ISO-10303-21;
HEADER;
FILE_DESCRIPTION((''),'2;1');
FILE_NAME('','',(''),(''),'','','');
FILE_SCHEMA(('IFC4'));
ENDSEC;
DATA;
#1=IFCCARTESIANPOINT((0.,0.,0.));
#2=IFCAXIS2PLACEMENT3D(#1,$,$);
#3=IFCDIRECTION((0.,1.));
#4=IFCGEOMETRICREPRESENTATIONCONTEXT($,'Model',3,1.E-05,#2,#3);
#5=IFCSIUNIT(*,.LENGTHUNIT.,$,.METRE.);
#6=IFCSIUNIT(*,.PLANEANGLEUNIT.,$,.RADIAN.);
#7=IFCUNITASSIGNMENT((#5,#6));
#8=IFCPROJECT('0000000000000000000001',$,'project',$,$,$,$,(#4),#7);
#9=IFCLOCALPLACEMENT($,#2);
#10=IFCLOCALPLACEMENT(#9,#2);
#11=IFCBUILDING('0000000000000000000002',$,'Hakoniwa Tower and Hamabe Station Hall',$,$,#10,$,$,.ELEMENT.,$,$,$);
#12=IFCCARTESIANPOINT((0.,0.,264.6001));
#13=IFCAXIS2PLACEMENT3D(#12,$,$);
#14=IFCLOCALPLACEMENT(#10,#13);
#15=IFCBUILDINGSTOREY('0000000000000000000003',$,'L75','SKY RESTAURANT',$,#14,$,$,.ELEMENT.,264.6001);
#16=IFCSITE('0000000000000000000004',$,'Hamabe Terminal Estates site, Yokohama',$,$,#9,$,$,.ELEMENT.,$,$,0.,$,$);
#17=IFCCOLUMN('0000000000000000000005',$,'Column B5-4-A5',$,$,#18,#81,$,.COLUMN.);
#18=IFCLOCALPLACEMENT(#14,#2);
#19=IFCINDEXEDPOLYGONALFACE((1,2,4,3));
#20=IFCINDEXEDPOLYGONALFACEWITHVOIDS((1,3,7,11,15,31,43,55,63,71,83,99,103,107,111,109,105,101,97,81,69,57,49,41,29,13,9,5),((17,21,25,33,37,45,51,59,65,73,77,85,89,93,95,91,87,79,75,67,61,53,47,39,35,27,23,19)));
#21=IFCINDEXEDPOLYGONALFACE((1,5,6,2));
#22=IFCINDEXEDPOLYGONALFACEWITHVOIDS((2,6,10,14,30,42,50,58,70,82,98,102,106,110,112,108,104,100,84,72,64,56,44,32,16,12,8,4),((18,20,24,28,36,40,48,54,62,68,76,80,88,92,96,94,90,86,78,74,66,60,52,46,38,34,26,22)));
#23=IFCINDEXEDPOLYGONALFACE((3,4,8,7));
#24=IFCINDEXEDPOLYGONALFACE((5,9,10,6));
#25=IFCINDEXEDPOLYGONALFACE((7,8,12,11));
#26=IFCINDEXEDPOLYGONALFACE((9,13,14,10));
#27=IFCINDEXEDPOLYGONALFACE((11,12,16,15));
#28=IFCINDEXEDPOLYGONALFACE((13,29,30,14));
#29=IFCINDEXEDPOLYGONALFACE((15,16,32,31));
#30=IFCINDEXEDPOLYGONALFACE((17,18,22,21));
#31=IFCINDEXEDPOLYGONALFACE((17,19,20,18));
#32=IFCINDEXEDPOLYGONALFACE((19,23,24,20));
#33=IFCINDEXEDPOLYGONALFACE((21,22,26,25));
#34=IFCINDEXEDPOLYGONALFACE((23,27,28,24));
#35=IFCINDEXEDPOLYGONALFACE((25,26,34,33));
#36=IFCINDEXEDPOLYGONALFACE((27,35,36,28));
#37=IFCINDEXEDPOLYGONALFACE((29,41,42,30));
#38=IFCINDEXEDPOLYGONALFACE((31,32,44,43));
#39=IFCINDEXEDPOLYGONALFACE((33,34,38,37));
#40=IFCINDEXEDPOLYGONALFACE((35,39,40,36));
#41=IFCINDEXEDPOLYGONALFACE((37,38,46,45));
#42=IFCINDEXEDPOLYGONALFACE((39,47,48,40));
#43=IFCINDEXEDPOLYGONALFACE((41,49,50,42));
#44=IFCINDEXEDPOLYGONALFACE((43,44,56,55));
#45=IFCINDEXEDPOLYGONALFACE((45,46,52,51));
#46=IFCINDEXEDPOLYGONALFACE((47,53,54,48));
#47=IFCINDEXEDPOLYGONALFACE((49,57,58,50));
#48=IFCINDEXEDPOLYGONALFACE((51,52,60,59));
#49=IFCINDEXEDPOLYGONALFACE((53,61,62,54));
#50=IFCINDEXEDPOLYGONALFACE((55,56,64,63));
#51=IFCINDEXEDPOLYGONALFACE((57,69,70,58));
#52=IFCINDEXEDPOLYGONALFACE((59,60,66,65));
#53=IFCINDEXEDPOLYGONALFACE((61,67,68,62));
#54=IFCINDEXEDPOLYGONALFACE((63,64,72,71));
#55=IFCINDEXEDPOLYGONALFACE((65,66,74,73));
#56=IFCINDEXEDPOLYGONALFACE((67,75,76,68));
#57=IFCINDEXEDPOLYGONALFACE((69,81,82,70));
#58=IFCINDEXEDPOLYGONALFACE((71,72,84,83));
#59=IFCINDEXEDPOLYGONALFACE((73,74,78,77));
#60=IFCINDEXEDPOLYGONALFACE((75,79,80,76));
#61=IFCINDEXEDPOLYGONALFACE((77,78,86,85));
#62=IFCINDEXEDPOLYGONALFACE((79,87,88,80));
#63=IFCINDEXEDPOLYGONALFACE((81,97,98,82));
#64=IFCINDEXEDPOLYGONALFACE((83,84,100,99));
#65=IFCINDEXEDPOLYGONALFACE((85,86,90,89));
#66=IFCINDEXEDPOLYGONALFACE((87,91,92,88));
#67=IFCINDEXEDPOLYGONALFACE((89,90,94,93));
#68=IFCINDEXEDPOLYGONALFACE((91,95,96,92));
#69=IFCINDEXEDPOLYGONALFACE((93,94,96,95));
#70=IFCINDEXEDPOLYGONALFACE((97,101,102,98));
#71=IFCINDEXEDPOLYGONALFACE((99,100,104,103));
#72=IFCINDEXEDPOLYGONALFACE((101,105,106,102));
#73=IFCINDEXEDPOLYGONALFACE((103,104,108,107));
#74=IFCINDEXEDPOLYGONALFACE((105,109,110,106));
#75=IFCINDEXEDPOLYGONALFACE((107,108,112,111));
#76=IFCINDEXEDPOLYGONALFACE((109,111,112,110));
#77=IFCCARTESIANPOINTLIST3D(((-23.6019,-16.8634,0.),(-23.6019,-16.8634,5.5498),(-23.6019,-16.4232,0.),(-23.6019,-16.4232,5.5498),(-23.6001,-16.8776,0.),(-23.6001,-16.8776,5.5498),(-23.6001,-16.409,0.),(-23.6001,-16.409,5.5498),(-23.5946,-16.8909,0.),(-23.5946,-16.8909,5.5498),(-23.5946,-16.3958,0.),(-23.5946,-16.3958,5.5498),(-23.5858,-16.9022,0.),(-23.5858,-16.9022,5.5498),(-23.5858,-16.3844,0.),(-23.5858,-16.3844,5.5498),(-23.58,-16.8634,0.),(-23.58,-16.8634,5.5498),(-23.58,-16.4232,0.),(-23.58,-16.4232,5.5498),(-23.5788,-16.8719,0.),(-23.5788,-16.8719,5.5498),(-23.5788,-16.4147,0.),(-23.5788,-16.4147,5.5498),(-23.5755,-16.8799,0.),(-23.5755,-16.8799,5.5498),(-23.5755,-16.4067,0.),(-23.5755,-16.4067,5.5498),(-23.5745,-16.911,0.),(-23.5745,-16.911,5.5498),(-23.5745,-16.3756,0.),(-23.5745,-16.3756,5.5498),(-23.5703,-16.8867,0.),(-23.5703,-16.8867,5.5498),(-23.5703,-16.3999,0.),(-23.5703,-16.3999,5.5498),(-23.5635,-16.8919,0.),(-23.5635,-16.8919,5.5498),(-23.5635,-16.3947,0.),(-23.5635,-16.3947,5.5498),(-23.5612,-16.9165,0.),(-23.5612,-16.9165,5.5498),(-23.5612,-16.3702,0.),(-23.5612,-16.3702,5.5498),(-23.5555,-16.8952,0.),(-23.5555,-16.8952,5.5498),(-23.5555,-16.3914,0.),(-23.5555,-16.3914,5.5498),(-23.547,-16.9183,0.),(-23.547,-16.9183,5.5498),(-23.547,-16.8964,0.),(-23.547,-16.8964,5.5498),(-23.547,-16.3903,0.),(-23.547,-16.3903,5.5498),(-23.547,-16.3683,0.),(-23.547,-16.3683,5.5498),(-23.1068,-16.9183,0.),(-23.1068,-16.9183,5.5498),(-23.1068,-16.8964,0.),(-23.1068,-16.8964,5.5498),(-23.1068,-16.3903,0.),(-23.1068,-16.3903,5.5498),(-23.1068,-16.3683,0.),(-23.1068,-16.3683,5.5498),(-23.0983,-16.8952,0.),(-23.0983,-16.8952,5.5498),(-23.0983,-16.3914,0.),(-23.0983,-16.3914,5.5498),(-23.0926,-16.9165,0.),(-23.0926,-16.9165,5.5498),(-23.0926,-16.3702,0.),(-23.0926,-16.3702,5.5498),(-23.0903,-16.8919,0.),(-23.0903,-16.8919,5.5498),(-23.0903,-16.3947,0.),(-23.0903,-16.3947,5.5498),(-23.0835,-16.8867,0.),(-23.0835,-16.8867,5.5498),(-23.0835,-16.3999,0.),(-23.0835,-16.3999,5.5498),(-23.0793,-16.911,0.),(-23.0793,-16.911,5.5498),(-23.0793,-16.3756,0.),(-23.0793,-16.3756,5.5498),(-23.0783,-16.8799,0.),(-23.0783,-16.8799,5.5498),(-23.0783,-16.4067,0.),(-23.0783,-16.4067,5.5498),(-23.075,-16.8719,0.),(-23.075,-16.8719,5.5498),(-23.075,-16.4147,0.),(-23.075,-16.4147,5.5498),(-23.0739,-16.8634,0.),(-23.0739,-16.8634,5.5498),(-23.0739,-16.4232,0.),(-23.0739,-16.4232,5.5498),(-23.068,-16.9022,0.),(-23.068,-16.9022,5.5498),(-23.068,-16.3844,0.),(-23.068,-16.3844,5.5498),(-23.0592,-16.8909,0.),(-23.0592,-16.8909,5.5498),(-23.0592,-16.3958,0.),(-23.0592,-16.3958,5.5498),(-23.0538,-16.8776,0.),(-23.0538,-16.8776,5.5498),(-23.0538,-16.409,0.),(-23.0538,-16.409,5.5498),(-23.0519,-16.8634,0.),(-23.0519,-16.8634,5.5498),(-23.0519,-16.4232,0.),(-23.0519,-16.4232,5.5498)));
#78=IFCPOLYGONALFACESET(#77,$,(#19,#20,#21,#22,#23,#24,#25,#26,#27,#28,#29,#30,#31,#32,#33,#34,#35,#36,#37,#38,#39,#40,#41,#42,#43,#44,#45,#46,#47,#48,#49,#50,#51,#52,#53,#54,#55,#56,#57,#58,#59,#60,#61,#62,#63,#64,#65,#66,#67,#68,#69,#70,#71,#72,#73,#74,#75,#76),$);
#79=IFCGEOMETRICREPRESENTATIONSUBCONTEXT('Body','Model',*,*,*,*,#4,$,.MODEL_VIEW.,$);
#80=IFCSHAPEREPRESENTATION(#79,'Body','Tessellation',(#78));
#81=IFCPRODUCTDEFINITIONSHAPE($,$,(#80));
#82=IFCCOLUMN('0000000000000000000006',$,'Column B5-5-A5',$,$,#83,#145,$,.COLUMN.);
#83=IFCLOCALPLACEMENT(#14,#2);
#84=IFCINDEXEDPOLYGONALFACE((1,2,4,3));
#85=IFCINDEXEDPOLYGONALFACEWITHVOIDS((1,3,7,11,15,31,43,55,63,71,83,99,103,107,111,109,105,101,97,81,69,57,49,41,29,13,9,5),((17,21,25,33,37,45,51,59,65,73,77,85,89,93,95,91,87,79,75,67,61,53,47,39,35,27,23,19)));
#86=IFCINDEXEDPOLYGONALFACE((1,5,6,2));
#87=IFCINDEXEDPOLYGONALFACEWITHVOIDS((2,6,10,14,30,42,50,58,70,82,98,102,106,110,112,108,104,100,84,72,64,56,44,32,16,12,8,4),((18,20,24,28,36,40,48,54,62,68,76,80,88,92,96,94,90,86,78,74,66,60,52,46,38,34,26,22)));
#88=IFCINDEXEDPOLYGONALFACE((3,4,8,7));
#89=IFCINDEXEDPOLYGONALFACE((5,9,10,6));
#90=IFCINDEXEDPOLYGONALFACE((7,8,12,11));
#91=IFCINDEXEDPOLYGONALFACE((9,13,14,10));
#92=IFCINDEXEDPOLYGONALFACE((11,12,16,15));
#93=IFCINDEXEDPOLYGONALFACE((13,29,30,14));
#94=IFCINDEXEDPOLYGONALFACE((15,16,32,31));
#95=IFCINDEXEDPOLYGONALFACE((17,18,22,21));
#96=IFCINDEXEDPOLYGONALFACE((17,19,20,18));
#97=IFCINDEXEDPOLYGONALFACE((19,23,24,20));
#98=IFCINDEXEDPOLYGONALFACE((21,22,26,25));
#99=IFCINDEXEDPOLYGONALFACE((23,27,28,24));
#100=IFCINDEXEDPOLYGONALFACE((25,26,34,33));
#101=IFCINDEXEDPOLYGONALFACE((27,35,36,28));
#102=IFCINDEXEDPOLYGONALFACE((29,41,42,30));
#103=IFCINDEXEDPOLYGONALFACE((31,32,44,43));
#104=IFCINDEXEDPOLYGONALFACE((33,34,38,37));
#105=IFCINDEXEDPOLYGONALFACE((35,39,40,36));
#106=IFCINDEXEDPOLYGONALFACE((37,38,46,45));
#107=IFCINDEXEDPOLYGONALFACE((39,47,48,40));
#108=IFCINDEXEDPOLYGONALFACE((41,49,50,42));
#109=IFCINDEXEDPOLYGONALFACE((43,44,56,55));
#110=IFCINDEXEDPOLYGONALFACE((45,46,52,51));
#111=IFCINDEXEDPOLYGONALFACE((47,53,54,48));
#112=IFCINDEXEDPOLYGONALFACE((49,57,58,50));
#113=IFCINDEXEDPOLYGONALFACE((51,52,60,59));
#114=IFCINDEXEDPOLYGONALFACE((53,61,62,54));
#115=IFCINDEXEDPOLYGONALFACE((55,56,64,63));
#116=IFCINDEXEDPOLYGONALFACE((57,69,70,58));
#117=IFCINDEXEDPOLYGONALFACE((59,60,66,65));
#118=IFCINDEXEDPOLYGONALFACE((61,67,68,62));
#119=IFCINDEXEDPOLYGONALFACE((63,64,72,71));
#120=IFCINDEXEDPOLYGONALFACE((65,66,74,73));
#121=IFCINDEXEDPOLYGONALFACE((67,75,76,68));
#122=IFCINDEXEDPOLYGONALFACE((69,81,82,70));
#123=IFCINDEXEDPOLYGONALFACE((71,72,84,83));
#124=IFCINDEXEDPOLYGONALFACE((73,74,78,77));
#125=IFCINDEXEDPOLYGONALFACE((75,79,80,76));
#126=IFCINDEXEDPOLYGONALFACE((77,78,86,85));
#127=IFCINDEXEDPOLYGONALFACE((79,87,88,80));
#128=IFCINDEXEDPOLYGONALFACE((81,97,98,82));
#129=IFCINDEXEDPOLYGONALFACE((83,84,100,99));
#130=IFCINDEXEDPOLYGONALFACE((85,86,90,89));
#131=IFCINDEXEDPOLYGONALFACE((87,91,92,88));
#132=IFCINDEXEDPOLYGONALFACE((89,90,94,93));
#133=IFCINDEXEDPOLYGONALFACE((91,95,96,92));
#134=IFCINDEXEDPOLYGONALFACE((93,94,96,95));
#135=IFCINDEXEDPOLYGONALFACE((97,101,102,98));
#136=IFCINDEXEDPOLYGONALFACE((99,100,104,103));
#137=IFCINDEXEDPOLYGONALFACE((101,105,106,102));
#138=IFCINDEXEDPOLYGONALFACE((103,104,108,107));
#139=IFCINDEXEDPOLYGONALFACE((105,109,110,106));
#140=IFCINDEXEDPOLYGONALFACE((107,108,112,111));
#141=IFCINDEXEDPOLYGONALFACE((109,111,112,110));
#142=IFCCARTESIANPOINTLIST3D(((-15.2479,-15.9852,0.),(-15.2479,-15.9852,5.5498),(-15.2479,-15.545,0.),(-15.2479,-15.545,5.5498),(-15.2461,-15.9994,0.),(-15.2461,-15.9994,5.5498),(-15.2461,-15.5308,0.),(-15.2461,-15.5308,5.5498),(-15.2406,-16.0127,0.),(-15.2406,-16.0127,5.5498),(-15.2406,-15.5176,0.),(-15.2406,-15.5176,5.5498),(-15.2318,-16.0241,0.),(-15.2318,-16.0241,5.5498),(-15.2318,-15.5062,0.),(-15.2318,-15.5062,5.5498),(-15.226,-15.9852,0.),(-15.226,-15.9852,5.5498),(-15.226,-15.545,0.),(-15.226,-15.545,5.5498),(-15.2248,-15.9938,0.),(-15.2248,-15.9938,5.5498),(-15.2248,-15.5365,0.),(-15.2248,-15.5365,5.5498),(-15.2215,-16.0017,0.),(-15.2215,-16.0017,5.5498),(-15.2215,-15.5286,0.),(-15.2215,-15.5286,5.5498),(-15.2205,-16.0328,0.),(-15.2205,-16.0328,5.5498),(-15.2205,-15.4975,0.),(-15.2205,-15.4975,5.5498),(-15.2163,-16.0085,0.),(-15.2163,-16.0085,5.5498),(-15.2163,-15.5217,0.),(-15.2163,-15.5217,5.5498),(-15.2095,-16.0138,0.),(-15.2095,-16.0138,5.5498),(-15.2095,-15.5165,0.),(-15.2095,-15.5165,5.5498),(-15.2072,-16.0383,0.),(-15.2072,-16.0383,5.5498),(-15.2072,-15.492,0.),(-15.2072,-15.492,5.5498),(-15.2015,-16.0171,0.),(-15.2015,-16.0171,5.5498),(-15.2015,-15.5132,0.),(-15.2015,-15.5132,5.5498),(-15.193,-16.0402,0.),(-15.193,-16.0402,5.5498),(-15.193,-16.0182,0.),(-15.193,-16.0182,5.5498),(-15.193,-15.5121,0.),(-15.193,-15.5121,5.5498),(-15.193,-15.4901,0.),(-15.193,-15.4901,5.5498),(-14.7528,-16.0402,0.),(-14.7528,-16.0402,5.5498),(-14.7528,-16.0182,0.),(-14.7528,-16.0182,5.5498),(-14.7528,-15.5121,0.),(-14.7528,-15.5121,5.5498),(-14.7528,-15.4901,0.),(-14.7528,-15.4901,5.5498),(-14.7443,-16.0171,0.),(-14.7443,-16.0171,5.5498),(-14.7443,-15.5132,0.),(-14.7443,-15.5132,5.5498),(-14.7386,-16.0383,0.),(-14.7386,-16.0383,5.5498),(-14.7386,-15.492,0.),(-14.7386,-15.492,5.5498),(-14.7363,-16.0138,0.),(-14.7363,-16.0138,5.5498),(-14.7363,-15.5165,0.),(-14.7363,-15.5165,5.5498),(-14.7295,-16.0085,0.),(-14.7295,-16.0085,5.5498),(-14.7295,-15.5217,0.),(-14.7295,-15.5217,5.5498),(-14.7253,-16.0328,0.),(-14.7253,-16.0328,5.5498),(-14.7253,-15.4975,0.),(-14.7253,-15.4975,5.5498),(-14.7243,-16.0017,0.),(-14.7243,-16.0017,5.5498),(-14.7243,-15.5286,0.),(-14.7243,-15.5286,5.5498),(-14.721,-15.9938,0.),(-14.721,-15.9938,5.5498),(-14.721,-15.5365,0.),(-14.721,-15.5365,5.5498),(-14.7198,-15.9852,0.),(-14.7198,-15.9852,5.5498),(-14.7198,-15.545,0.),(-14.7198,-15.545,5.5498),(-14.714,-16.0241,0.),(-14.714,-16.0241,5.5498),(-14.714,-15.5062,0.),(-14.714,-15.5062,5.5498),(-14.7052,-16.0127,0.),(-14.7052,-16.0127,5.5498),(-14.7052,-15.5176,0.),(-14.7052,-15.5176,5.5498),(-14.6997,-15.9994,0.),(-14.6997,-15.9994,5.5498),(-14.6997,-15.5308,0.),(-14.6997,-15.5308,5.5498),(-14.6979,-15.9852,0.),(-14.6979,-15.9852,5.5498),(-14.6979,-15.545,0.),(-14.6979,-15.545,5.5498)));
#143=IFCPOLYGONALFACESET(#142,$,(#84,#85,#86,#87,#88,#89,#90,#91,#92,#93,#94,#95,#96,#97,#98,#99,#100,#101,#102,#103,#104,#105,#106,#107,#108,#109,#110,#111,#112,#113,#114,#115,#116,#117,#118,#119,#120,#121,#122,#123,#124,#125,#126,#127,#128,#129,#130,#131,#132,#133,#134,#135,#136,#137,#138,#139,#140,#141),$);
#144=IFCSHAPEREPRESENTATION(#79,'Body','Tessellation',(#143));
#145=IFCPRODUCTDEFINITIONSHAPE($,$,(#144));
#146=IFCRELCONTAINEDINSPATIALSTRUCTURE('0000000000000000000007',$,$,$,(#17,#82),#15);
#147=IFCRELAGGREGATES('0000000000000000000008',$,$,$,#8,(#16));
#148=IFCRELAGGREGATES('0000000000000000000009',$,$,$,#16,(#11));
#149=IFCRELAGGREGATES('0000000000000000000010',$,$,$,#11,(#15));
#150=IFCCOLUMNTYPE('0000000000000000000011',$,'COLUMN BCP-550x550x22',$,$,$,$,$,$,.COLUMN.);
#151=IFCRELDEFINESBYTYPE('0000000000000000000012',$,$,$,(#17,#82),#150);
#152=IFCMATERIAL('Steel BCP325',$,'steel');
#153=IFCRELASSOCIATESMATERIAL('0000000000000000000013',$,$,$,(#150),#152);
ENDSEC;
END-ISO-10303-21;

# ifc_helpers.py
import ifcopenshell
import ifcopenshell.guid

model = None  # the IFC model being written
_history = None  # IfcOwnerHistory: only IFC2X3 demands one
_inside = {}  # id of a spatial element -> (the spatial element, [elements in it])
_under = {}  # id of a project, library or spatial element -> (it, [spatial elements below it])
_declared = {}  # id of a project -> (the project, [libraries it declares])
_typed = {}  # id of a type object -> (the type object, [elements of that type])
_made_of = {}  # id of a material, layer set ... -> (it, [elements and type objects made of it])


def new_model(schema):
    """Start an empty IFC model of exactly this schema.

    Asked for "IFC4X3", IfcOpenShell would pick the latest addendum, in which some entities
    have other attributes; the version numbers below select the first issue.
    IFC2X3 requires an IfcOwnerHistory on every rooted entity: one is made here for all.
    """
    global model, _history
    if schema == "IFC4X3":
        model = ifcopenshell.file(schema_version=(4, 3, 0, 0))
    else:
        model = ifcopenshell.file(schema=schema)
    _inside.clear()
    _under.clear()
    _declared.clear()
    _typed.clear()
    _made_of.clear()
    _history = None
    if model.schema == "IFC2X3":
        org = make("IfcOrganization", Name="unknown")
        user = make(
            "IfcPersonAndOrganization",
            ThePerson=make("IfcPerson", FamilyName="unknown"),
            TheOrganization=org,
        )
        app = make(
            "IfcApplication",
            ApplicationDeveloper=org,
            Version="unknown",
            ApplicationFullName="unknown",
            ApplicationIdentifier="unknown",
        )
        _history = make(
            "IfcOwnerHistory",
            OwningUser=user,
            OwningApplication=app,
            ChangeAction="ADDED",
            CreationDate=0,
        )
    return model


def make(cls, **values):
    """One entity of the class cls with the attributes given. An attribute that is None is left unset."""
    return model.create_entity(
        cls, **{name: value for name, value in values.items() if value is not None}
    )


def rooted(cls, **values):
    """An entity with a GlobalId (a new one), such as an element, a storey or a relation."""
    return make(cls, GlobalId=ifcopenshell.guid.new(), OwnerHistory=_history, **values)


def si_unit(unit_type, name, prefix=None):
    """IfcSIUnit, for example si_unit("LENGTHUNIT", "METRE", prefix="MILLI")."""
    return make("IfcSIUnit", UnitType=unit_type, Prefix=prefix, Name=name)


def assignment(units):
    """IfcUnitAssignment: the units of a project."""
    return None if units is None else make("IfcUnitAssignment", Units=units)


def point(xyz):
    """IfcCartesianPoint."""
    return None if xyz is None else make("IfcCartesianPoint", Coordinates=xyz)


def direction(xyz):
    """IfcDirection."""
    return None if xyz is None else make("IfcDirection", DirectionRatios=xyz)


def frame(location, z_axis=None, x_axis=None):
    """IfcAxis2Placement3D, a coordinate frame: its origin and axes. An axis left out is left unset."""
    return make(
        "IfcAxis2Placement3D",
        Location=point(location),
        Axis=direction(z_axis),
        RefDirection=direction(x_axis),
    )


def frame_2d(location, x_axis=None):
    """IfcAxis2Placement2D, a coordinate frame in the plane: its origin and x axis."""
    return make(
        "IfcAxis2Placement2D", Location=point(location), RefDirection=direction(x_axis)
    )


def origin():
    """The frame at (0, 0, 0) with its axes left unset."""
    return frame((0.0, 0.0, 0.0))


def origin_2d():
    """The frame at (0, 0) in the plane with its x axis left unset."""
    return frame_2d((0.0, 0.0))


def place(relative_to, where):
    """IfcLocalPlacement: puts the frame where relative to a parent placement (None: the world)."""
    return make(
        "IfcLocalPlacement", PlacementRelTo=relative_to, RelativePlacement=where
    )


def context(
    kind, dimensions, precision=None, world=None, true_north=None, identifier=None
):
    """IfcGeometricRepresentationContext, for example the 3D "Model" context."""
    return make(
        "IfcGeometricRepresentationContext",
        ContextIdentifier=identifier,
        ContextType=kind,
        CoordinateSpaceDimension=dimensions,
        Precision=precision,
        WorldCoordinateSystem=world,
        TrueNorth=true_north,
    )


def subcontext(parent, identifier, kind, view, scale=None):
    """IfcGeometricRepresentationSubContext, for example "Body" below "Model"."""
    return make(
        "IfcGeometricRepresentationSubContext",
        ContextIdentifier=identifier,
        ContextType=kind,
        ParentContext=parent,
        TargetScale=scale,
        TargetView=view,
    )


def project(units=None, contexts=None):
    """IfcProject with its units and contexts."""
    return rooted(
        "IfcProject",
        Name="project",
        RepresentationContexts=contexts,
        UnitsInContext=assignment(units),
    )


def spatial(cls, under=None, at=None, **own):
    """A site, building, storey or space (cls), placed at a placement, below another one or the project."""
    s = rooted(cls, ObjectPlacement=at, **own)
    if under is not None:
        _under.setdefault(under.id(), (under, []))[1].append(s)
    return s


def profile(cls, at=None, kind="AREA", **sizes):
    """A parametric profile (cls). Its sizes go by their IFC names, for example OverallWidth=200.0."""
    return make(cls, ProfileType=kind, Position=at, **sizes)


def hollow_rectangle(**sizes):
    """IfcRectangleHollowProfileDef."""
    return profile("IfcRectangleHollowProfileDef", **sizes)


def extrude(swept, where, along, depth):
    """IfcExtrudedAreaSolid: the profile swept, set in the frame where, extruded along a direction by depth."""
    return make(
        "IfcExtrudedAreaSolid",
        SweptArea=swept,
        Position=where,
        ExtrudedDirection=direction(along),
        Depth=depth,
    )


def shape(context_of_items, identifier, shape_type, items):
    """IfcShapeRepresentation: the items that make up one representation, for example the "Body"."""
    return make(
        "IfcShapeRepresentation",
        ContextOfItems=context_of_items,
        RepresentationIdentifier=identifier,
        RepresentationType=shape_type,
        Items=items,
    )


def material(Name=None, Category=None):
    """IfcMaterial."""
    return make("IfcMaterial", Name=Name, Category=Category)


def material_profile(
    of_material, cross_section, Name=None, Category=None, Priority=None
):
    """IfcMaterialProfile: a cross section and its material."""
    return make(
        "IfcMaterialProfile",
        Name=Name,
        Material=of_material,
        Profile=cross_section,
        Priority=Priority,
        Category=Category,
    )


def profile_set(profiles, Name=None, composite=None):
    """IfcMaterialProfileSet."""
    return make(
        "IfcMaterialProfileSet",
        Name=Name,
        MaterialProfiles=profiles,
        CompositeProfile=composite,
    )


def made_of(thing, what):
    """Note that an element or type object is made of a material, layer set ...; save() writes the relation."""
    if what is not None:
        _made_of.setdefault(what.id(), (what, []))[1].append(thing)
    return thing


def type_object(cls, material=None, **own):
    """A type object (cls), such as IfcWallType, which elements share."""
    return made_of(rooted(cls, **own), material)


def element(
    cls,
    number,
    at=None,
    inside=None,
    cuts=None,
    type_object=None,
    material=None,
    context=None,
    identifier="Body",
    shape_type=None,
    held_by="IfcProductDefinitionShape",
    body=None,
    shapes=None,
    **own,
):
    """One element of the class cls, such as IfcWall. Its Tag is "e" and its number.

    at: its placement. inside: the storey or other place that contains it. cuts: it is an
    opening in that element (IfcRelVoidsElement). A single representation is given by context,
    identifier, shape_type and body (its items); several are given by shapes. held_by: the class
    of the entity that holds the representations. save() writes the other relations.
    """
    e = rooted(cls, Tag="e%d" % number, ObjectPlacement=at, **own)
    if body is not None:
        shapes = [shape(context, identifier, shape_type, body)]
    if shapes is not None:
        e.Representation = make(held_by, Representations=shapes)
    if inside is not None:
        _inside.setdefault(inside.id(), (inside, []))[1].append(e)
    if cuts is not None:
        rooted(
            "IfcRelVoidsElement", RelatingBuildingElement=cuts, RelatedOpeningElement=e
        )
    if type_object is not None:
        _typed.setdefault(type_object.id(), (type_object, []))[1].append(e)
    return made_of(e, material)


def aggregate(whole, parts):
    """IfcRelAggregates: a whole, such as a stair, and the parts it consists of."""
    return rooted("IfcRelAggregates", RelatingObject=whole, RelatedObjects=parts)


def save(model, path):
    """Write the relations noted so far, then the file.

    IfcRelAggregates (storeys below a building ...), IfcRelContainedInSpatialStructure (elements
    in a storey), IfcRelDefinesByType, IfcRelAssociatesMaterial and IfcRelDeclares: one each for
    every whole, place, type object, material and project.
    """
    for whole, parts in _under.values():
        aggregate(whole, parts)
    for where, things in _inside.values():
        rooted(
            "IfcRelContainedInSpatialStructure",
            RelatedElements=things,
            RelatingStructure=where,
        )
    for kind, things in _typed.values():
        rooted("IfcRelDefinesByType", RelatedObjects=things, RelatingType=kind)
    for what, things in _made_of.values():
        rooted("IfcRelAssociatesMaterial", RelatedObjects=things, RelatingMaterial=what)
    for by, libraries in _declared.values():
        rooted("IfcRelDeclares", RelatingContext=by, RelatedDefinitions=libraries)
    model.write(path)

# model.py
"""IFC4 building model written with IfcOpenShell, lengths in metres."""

from ifc_helpers import new_model, si_unit, direction, frame, origin, origin_2d, place, context, subcontext, project, spatial, hollow_rectangle, extrude, material, material_profile, profile_set, type_object, element, save


model = new_model("IFC4")

# Units and contexts
model_context = context("Model", 3, precision=1e-05, world=origin(), true_north=direction((0.0, 1.0)))
body_context = subcontext(model_context, "Body", "Model", "MODEL_VIEW")
ifc_project = project(units=[si_unit("LENGTHUNIT", "METRE"), si_unit("PLANEANGLEUNIT", "RADIAN")], contexts=[model_context])

# Site, building, storey
site_placement = place(None, origin())
site = spatial("IfcSite", under=ifc_project, at=site_placement, Name="Hamabe Terminal Estates site, Yokohama", CompositionType="ELEMENT", RefElevation=0.0)
building_placement = place(site_placement, origin())
building = spatial("IfcBuilding", under=site, at=building_placement, Name="Hakoniwa Tower and Hamabe Station Hall", CompositionType="ELEMENT")
storey_placement = place(building_placement, frame((0.0, 0.0, 264.6001)))
storey = spatial("IfcBuildingStorey", under=building, at=storey_placement, Name="L75", Description="SKY RESTAURANT", CompositionType="ELEMENT", Elevation=264.6001)

# Columns
ifc_material_1 = material(Name="Steel BCP325", Category="steel")
ifc_material_profile_1 = material_profile(ifc_material_1, hollow_rectangle(XDim=0.55, YDim=0.55, WallThickness=0.022, InnerFilletRadius=0.033, OuterFilletRadius=0.0549, at=origin_2d()), Name="BCP-550x550x22")
ifc_profile_set_1 = profile_set([ifc_material_profile_1], Name="Steel BCP325")
column_type_1 = type_object("IfcColumnType", Name="COLUMN BCP-550x550x22", PredefinedType="COLUMN", material=ifc_profile_set_1)
for number, where, z_axis, x_axis, name in (
    (1, (-23.3269, -16.6433, 0.0), (0.0, 0.0, 1.0), (1.0, 0.0, 0.0), "Column B5-4-A5"),
    (2, (-14.9729, -15.7651, 0.0), (0.0, 0.0, 1.0), (1.0, 0.0, 0.0), "Column B5-5-A5"),
):
    element("IfcColumn", number, at=place(storey_placement, frame(where, z_axis=z_axis, x_axis=x_axis)), inside=storey, type_object=column_type_1, Name=name, PredefinedType="COLUMN", context=body_context, shape_type="SweptSolid", body=[
        extrude(hollow_rectangle(XDim=0.55, YDim=0.55, WallThickness=0.022, InnerFilletRadius=0.033, OuterFilletRadius=0.0549, at=origin_2d()), origin(), (0.0, 0.0, 1.0), 5.5498),
    ])

save(model, "model.ifc")
